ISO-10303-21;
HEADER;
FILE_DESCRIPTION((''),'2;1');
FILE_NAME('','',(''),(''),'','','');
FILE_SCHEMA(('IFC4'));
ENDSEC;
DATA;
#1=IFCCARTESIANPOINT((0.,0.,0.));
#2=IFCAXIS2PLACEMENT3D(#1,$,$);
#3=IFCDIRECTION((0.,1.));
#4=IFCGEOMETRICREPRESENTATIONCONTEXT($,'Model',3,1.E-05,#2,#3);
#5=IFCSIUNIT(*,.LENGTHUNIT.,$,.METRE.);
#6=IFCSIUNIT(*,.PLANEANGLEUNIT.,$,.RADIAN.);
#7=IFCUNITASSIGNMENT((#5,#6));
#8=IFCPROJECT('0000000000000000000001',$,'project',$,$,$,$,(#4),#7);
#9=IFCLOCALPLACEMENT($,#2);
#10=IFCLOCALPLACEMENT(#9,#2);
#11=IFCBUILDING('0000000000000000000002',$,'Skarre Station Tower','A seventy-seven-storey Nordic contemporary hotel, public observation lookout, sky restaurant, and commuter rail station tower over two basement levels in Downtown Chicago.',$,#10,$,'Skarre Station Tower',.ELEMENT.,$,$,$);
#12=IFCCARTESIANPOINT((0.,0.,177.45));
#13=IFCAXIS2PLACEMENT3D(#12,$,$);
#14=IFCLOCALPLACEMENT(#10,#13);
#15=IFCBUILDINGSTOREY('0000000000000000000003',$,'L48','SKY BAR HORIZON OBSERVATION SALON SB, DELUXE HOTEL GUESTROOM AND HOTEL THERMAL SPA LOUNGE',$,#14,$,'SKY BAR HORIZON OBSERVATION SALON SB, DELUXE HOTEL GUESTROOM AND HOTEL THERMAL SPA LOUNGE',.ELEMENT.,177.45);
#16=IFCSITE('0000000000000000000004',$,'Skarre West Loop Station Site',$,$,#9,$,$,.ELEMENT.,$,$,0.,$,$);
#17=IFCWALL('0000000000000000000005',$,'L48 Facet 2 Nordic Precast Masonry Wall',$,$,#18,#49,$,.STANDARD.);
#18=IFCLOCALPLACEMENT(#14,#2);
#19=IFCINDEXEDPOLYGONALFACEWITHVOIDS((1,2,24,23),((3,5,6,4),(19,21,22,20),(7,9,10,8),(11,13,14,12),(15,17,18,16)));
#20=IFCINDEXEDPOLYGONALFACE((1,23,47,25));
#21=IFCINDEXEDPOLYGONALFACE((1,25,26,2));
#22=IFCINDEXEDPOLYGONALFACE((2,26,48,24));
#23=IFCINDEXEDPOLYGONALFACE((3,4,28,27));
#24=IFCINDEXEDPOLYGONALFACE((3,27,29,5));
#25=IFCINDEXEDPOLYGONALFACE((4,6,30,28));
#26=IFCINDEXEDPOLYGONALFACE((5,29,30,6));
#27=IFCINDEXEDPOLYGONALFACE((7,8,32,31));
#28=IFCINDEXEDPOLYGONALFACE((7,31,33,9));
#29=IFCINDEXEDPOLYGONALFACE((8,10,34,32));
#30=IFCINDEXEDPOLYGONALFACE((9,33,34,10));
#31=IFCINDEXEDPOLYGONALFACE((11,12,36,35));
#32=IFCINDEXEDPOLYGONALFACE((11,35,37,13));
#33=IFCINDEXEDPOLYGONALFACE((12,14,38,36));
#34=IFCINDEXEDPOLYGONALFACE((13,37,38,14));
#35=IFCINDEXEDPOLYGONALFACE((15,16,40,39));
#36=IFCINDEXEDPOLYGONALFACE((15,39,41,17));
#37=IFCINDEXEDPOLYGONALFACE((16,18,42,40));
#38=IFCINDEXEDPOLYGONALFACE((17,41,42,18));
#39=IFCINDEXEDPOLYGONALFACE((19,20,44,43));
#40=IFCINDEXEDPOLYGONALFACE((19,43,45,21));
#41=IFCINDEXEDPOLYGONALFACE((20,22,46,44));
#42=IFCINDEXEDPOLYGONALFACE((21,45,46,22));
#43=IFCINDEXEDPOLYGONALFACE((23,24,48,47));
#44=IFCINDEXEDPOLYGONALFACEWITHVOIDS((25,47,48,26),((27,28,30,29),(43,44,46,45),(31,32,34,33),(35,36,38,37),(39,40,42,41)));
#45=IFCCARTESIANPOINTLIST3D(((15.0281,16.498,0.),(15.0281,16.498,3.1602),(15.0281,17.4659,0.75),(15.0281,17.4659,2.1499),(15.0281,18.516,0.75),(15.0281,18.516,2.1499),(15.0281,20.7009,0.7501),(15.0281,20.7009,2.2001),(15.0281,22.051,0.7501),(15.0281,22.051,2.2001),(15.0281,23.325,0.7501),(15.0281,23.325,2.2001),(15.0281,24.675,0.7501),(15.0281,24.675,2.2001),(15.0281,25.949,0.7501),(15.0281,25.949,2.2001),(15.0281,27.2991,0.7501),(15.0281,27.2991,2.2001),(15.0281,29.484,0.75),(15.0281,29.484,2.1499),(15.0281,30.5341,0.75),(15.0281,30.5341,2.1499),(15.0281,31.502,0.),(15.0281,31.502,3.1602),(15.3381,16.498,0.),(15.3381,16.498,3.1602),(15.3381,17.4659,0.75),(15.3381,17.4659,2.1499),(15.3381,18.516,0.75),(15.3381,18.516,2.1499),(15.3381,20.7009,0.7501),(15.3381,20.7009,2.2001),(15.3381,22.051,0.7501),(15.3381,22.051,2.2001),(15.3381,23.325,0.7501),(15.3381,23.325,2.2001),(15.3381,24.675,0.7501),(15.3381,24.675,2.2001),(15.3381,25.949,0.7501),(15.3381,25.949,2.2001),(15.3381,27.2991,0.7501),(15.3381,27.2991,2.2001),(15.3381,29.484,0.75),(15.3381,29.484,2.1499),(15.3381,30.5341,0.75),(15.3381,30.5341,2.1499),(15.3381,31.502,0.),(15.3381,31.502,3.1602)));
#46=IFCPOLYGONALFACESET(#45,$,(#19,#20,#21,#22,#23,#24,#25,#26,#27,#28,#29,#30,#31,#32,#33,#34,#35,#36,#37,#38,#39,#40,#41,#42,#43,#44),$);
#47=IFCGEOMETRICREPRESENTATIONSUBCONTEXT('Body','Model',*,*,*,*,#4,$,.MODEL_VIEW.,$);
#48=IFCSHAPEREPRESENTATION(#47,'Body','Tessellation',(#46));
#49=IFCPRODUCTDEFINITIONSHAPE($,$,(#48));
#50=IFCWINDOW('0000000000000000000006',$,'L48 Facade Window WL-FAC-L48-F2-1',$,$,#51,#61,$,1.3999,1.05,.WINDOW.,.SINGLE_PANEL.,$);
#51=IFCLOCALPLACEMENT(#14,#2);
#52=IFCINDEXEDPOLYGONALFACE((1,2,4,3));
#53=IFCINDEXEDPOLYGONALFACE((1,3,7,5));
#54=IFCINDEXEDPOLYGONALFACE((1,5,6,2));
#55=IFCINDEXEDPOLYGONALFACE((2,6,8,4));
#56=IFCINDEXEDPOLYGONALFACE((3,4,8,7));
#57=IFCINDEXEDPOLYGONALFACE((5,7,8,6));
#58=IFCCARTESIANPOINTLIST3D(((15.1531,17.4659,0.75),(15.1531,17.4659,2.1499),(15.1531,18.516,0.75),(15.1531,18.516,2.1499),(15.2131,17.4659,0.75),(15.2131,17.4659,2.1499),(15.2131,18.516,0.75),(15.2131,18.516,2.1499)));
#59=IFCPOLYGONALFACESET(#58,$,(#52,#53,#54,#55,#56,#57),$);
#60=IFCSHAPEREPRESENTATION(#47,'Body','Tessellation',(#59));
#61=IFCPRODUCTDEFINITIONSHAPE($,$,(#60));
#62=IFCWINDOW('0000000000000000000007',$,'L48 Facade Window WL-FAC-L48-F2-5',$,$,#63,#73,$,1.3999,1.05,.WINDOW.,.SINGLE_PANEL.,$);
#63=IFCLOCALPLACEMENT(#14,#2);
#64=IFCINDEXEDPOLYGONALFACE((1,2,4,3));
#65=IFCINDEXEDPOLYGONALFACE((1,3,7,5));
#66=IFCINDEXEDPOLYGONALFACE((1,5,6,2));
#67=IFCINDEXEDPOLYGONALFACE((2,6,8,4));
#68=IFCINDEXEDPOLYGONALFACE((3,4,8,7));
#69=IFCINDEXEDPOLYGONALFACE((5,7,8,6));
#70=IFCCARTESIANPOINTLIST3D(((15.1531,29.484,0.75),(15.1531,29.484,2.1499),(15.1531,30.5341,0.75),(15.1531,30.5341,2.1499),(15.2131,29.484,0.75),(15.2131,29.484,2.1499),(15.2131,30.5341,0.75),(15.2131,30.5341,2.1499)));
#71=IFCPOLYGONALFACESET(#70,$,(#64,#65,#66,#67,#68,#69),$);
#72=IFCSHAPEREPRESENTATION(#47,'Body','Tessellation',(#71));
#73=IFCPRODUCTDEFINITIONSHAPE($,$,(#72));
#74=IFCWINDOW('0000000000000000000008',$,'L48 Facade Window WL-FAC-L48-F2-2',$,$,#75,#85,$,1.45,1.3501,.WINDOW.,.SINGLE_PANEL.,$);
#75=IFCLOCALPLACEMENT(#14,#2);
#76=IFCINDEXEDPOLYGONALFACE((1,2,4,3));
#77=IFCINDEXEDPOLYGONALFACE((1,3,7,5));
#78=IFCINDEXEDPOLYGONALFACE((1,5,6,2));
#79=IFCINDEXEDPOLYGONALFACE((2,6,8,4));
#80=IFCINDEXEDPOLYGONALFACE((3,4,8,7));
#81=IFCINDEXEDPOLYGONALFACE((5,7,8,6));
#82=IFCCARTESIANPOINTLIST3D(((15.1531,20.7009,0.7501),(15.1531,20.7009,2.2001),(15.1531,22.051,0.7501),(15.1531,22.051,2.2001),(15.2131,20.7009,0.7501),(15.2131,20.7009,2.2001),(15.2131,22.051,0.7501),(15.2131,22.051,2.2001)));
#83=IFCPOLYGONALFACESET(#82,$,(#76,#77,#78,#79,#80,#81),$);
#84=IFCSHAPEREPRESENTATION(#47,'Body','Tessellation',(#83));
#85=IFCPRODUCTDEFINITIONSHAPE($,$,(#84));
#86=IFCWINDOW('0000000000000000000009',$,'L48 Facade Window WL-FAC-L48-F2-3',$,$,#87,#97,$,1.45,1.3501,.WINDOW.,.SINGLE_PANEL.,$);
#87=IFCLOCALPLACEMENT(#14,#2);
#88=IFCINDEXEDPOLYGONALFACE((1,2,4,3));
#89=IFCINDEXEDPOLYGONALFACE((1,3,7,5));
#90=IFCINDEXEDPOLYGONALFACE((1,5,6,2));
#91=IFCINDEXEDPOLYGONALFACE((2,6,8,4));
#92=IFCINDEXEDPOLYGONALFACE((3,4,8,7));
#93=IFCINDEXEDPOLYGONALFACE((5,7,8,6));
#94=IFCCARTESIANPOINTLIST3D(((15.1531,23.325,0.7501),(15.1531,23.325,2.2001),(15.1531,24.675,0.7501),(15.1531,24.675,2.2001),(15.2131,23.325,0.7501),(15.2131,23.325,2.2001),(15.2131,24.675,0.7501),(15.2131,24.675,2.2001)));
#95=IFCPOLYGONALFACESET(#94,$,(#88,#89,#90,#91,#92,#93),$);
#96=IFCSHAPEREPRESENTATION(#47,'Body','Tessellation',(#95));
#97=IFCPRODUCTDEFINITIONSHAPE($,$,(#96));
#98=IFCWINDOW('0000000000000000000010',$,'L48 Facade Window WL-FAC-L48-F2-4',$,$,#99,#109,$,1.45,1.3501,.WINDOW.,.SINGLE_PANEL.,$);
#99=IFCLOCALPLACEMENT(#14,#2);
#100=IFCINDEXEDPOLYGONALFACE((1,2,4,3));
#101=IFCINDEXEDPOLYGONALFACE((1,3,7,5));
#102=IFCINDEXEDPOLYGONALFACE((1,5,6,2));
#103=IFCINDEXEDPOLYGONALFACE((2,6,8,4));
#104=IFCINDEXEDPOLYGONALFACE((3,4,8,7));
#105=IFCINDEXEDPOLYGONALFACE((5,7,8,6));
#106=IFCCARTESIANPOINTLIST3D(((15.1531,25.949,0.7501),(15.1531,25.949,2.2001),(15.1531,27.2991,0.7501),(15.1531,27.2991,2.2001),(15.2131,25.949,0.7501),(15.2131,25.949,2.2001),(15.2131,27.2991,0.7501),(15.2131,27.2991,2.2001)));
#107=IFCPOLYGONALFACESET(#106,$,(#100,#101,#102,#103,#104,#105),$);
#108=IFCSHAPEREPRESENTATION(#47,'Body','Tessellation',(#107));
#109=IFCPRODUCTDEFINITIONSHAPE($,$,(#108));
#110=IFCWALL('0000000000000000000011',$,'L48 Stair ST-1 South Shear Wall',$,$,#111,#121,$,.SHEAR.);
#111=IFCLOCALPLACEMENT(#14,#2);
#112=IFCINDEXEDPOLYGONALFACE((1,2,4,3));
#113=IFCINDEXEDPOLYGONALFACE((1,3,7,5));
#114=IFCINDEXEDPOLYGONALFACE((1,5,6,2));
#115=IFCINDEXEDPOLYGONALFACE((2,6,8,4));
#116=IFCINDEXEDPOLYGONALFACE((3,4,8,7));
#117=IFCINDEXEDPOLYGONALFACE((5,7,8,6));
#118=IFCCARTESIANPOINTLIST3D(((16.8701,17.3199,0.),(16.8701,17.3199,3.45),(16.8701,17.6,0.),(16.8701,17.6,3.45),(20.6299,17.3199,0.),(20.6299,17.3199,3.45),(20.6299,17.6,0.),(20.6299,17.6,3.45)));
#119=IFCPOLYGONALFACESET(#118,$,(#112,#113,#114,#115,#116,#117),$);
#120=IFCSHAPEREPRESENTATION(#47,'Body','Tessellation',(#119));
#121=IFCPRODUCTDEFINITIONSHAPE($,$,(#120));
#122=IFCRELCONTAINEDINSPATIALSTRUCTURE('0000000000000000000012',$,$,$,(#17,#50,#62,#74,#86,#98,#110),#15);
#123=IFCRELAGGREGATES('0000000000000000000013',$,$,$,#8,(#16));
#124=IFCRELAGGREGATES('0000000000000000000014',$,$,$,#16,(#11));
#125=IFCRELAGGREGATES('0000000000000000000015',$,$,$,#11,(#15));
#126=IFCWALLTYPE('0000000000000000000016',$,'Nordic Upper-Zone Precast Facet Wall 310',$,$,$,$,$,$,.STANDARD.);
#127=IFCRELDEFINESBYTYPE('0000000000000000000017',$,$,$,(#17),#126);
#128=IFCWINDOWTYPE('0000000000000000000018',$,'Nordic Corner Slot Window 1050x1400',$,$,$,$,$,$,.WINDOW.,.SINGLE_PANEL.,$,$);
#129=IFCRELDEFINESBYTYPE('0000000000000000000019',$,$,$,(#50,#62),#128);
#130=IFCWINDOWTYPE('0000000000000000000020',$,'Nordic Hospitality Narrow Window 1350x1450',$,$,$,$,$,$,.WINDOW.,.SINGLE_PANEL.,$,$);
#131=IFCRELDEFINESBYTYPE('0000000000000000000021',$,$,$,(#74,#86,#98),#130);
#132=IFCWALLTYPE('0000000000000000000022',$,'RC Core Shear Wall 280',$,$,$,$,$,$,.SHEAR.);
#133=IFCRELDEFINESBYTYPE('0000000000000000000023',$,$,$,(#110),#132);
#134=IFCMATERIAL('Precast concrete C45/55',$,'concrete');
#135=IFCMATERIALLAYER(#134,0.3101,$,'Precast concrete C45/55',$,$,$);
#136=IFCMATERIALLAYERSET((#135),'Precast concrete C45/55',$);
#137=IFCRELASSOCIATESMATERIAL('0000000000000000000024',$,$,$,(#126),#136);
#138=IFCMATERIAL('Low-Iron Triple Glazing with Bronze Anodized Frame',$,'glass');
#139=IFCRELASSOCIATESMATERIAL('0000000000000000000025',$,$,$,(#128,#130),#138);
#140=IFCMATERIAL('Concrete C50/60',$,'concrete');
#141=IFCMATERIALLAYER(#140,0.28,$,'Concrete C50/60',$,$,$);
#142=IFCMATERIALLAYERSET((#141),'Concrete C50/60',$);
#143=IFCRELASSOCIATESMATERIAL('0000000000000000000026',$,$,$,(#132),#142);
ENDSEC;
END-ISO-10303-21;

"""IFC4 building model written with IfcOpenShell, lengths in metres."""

from ifc_helpers import new_model, si_unit, direction, frame, frame_2d, origin, place, context, subcontext, project, spatial, rectangle, extrude, material, layer, layer_set, type_object, element, fill, save


model = new_model("IFC4")

# Units and contexts
model_context = context("Model", 3, precision=1e-05, world=origin(), true_north=direction((0.0, 1.0)))
body_context = subcontext(model_context, "Body", "Model", "MODEL_VIEW")
ifc_project = project(units=[si_unit("LENGTHUNIT", "METRE"), si_unit("PLANEANGLEUNIT", "RADIAN")], contexts=[model_context])

# Site, building, storey
site_placement = place(None, origin())
site = spatial("IfcSite", under=ifc_project, at=site_placement, Name="Skarre West Loop Station Site", CompositionType="ELEMENT", RefElevation=0.0)
building_placement = place(site_placement, origin())
building = spatial("IfcBuilding", under=site, at=building_placement, Name="Skarre Station Tower", Description="A seventy-seven-storey Nordic contemporary hotel, public observation lookout, sky restaurant, and commuter rail station tower over two basement levels in Downtown Chicago.", LongName="Skarre Station Tower", CompositionType="ELEMENT")
storey_placement = place(building_placement, frame((0.0, 0.0, 177.45)))
storey = spatial("IfcBuildingStorey", under=building, at=storey_placement, Name="L48", Description="SKY BAR HORIZON OBSERVATION SALON SB, DELUXE HOTEL GUESTROOM AND HOTEL THERMAL SPA LOUNGE", LongName="SKY BAR HORIZON OBSERVATION SALON SB, DELUXE HOTEL GUESTROOM AND HOTEL THERMAL SPA LOUNGE", CompositionType="ELEMENT", Elevation=177.45)

# Shared definitions
ifc_material_1 = material(Name="Concrete C50/60", Category="concrete")

# Shared definitions
ifc_material_2 = material(Name="Precast concrete C45/55", Category="concrete")

# Wall, openings, windows
ifc_layer_1 = layer(ifc_material_2, 0.3101, Name="Precast concrete C45/55")
ifc_layer_set_1 = layer_set([ifc_layer_1], Name="Precast concrete C45/55")
wall_type_1 = type_object("IfcWallType", Name="Nordic Upper-Zone Precast Facet Wall 310", PredefinedType="STANDARD", material=ifc_layer_set_1)
wall_1_placement = place(storey_placement, frame((15.1831, 16.498, 0.0), z_axis=(0.0, 0.0, 1.0), x_axis=(0.0, 1.0, 0.0)))
wall_1 = element("IfcWall", 1, at=wall_1_placement, inside=storey, type_object=wall_type_1, Name="L48 Facet 2 Nordic Precast Masonry Wall", PredefinedType="STANDARD", context=body_context, shape_type="SweptSolid", body=[
    extrude(rectangle(XDim=15.0039, YDim=0.3101, at=frame_2d((7.502, 0.0))), origin(), (0.0, 0.0, 1.0), 3.1602),
])
opening_1_placement = place(wall_1_placement, frame((0.968, 0.0, 0.75)))
opening_1 = element("IfcOpeningElement", 2, at=opening_1_placement, cuts=wall_1, PredefinedType="OPENING", context=body_context, shape_type="SweptSolid", body=[
    extrude(rectangle(XDim=1.05, YDim=1.3999, at=frame_2d((0.5249, 0.7))), frame((0.0, 0.165, 0.0), z_axis=(0.0, -1.0, 0.0), x_axis=(1.0, 0.0, 0.0)), (0.0, 0.0, 1.0), 0.3301),
])
opening_2_placement = place(wall_1_placement, frame((4.2029, 0.0, 0.75)))
opening_2 = element("IfcOpeningElement", 3, at=opening_2_placement, cuts=wall_1, PredefinedType="OPENING", context=body_context, shape_type="SweptSolid", body=[
    extrude(rectangle(XDim=1.3501, YDim=1.45, at=frame_2d((0.675, 0.7251))), frame((0.0, 0.165, 0.0), z_axis=(0.0, -1.0, 0.0), x_axis=(1.0, 0.0, 0.0)), (0.0, 0.0, 1.0), 0.3301),
])
opening_3_placement = place(wall_1_placement, frame((6.8269, 0.0, 0.75)))
opening_3 = element("IfcOpeningElement", 4, at=opening_3_placement, cuts=wall_1, PredefinedType="OPENING", context=body_context, shape_type="SweptSolid", body=[
    extrude(rectangle(XDim=1.3501, YDim=1.45, at=frame_2d((0.675, 0.7251))), frame((0.0, 0.165, 0.0), z_axis=(0.0, -1.0, 0.0), x_axis=(1.0, 0.0, 0.0)), (0.0, 0.0, 1.0), 0.3301),
])
opening_4_placement = place(wall_1_placement, frame((9.4509, 0.0, 0.75)))
opening_4 = element("IfcOpeningElement", 5, at=opening_4_placement, cuts=wall_1, PredefinedType="OPENING", context=body_context, shape_type="SweptSolid", body=[
    extrude(rectangle(XDim=1.3501, YDim=1.45, at=frame_2d((0.675, 0.7251))), frame((0.0, 0.165, 0.0), z_axis=(0.0, -1.0, 0.0), x_axis=(1.0, 0.0, 0.0)), (0.0, 0.0, 1.0), 0.3301),
])
opening_5_placement = place(wall_1_placement, frame((12.9861, 0.0, 0.75)))
opening_5 = element("IfcOpeningElement", 6, at=opening_5_placement, cuts=wall_1, PredefinedType="OPENING", context=body_context, shape_type="SweptSolid", body=[
    extrude(rectangle(XDim=1.05, YDim=1.3999, at=frame_2d((0.5249, 0.7))), frame((0.0, 0.165, 0.0), z_axis=(0.0, -1.0, 0.0), x_axis=(1.0, 0.0, 0.0)), (0.0, 0.0, 1.0), 0.3301),
])
ifc_material_3 = material(Name="Low-Iron Triple Glazing with Bronze Anodized Frame", Category="glass")
window_type_1 = type_object("IfcWindowType", Name="Nordic Corner Slot Window 1050x1400", PartitioningType="SINGLE_PANEL", PredefinedType="WINDOW", material=ifc_material_3)
window_1_placement = place(opening_1_placement, origin())
window_1 = element("IfcWindow", 7, at=window_1_placement, inside=storey, type_object=window_type_1, Name="L48 Facade Window WL-FAC-L48-F2-1", OverallHeight=1.3999, OverallWidth=1.05, PartitioningType="SINGLE_PANEL", PredefinedType="WINDOW", context=body_context, shape_type="SweptSolid", body=[
    extrude(rectangle(XDim=1.05, YDim=1.3999, at=frame_2d((0.5249, 0.7))), frame((0.0, 0.03, 0.0), z_axis=(0.0, -1.0, 0.0), x_axis=(1.0, 0.0, 0.0)), (0.0, 0.0, 1.0), 0.0601),
])
fill(opening_1, window_1)
window_2_placement = place(opening_5_placement, origin())
window_2 = element("IfcWindow", 8, at=window_2_placement, inside=storey, type_object=window_type_1, Name="L48 Facade Window WL-FAC-L48-F2-5", OverallHeight=1.3999, OverallWidth=1.05, PartitioningType="SINGLE_PANEL", PredefinedType="WINDOW", context=body_context, shape_type="SweptSolid", body=[
    extrude(rectangle(XDim=1.05, YDim=1.3999, at=frame_2d((0.5249, 0.7))), frame((0.0, 0.03, 0.0), z_axis=(0.0, -1.0, 0.0), x_axis=(1.0, 0.0, 0.0)), (0.0, 0.0, 1.0), 0.0601),
])
fill(opening_5, window_2)
window_type_2 = type_object("IfcWindowType", Name="Nordic Hospitality Narrow Window 1350x1450", PartitioningType="SINGLE_PANEL", PredefinedType="WINDOW", material=ifc_material_3)
window_3_placement = place(opening_2_placement, origin())
window_3 = element("IfcWindow", 9, at=window_3_placement, inside=storey, type_object=window_type_2, Name="L48 Facade Window WL-FAC-L48-F2-2", OverallHeight=1.45, OverallWidth=1.3501, PartitioningType="SINGLE_PANEL", PredefinedType="WINDOW", context=body_context, shape_type="SweptSolid", body=[
    extrude(rectangle(XDim=1.3501, YDim=1.45, at=frame_2d((0.675, 0.7251))), frame((0.0, 0.03, 0.0), z_axis=(0.0, -1.0, 0.0), x_axis=(1.0, 0.0, 0.0)), (0.0, 0.0, 1.0), 0.0601),
])
fill(opening_2, window_3)
window_4_placement = place(opening_3_placement, origin())
window_4 = element("IfcWindow", 10, at=window_4_placement, inside=storey, type_object=window_type_2, Name="L48 Facade Window WL-FAC-L48-F2-3", OverallHeight=1.45, OverallWidth=1.3501, PartitioningType="SINGLE_PANEL", PredefinedType="WINDOW", context=body_context, shape_type="SweptSolid", body=[
    extrude(rectangle(XDim=1.3501, YDim=1.45, at=frame_2d((0.675, 0.7251))), frame((0.0, 0.03, 0.0), z_axis=(0.0, -1.0, 0.0), x_axis=(1.0, 0.0, 0.0)), (0.0, 0.0, 1.0), 0.0601),
])
fill(opening_3, window_4)
window_5_placement = place(opening_4_placement, origin())
window_5 = element("IfcWindow", 11, at=window_5_placement, inside=storey, type_object=window_type_2, Name="L48 Facade Window WL-FAC-L48-F2-4", OverallHeight=1.45, OverallWidth=1.3501, PartitioningType="SINGLE_PANEL", PredefinedType="WINDOW", context=body_context, shape_type="SweptSolid", body=[
    extrude(rectangle(XDim=1.3501, YDim=1.45, at=frame_2d((0.675, 0.7251))), frame((0.0, 0.03, 0.0), z_axis=(0.0, -1.0, 0.0), x_axis=(1.0, 0.0, 0.0)), (0.0, 0.0, 1.0), 0.0601),
])
fill(opening_4, window_5)

# Wall
ifc_layer_2 = layer(ifc_material_1, 0.28, Name="Concrete C50/60")
ifc_layer_set_2 = layer_set([ifc_layer_2], Name="Concrete C50/60")
wall_type_2 = type_object("IfcWallType", Name="RC Core Shear Wall 280", PredefinedType="SHEAR", material=ifc_layer_set_2)
wall_2_placement = place(storey_placement, frame((16.8701, 17.46, 0.0), z_axis=(0.0, 0.0, 1.0), x_axis=(1.0, 0.0, 0.0)))
element("IfcWall", 12, at=wall_2_placement, inside=storey, type_object=wall_type_2, Name="L48 Stair ST-1 South Shear Wall", PredefinedType="SHEAR", context=body_context, shape_type="SweptSolid", body=[
    extrude(rectangle(XDim=3.7598, YDim=0.28, at=frame_2d((1.8799, 0.0))), origin(), (0.0, 0.0, 1.0), 3.45),
])

save(model, "model.ifc")
